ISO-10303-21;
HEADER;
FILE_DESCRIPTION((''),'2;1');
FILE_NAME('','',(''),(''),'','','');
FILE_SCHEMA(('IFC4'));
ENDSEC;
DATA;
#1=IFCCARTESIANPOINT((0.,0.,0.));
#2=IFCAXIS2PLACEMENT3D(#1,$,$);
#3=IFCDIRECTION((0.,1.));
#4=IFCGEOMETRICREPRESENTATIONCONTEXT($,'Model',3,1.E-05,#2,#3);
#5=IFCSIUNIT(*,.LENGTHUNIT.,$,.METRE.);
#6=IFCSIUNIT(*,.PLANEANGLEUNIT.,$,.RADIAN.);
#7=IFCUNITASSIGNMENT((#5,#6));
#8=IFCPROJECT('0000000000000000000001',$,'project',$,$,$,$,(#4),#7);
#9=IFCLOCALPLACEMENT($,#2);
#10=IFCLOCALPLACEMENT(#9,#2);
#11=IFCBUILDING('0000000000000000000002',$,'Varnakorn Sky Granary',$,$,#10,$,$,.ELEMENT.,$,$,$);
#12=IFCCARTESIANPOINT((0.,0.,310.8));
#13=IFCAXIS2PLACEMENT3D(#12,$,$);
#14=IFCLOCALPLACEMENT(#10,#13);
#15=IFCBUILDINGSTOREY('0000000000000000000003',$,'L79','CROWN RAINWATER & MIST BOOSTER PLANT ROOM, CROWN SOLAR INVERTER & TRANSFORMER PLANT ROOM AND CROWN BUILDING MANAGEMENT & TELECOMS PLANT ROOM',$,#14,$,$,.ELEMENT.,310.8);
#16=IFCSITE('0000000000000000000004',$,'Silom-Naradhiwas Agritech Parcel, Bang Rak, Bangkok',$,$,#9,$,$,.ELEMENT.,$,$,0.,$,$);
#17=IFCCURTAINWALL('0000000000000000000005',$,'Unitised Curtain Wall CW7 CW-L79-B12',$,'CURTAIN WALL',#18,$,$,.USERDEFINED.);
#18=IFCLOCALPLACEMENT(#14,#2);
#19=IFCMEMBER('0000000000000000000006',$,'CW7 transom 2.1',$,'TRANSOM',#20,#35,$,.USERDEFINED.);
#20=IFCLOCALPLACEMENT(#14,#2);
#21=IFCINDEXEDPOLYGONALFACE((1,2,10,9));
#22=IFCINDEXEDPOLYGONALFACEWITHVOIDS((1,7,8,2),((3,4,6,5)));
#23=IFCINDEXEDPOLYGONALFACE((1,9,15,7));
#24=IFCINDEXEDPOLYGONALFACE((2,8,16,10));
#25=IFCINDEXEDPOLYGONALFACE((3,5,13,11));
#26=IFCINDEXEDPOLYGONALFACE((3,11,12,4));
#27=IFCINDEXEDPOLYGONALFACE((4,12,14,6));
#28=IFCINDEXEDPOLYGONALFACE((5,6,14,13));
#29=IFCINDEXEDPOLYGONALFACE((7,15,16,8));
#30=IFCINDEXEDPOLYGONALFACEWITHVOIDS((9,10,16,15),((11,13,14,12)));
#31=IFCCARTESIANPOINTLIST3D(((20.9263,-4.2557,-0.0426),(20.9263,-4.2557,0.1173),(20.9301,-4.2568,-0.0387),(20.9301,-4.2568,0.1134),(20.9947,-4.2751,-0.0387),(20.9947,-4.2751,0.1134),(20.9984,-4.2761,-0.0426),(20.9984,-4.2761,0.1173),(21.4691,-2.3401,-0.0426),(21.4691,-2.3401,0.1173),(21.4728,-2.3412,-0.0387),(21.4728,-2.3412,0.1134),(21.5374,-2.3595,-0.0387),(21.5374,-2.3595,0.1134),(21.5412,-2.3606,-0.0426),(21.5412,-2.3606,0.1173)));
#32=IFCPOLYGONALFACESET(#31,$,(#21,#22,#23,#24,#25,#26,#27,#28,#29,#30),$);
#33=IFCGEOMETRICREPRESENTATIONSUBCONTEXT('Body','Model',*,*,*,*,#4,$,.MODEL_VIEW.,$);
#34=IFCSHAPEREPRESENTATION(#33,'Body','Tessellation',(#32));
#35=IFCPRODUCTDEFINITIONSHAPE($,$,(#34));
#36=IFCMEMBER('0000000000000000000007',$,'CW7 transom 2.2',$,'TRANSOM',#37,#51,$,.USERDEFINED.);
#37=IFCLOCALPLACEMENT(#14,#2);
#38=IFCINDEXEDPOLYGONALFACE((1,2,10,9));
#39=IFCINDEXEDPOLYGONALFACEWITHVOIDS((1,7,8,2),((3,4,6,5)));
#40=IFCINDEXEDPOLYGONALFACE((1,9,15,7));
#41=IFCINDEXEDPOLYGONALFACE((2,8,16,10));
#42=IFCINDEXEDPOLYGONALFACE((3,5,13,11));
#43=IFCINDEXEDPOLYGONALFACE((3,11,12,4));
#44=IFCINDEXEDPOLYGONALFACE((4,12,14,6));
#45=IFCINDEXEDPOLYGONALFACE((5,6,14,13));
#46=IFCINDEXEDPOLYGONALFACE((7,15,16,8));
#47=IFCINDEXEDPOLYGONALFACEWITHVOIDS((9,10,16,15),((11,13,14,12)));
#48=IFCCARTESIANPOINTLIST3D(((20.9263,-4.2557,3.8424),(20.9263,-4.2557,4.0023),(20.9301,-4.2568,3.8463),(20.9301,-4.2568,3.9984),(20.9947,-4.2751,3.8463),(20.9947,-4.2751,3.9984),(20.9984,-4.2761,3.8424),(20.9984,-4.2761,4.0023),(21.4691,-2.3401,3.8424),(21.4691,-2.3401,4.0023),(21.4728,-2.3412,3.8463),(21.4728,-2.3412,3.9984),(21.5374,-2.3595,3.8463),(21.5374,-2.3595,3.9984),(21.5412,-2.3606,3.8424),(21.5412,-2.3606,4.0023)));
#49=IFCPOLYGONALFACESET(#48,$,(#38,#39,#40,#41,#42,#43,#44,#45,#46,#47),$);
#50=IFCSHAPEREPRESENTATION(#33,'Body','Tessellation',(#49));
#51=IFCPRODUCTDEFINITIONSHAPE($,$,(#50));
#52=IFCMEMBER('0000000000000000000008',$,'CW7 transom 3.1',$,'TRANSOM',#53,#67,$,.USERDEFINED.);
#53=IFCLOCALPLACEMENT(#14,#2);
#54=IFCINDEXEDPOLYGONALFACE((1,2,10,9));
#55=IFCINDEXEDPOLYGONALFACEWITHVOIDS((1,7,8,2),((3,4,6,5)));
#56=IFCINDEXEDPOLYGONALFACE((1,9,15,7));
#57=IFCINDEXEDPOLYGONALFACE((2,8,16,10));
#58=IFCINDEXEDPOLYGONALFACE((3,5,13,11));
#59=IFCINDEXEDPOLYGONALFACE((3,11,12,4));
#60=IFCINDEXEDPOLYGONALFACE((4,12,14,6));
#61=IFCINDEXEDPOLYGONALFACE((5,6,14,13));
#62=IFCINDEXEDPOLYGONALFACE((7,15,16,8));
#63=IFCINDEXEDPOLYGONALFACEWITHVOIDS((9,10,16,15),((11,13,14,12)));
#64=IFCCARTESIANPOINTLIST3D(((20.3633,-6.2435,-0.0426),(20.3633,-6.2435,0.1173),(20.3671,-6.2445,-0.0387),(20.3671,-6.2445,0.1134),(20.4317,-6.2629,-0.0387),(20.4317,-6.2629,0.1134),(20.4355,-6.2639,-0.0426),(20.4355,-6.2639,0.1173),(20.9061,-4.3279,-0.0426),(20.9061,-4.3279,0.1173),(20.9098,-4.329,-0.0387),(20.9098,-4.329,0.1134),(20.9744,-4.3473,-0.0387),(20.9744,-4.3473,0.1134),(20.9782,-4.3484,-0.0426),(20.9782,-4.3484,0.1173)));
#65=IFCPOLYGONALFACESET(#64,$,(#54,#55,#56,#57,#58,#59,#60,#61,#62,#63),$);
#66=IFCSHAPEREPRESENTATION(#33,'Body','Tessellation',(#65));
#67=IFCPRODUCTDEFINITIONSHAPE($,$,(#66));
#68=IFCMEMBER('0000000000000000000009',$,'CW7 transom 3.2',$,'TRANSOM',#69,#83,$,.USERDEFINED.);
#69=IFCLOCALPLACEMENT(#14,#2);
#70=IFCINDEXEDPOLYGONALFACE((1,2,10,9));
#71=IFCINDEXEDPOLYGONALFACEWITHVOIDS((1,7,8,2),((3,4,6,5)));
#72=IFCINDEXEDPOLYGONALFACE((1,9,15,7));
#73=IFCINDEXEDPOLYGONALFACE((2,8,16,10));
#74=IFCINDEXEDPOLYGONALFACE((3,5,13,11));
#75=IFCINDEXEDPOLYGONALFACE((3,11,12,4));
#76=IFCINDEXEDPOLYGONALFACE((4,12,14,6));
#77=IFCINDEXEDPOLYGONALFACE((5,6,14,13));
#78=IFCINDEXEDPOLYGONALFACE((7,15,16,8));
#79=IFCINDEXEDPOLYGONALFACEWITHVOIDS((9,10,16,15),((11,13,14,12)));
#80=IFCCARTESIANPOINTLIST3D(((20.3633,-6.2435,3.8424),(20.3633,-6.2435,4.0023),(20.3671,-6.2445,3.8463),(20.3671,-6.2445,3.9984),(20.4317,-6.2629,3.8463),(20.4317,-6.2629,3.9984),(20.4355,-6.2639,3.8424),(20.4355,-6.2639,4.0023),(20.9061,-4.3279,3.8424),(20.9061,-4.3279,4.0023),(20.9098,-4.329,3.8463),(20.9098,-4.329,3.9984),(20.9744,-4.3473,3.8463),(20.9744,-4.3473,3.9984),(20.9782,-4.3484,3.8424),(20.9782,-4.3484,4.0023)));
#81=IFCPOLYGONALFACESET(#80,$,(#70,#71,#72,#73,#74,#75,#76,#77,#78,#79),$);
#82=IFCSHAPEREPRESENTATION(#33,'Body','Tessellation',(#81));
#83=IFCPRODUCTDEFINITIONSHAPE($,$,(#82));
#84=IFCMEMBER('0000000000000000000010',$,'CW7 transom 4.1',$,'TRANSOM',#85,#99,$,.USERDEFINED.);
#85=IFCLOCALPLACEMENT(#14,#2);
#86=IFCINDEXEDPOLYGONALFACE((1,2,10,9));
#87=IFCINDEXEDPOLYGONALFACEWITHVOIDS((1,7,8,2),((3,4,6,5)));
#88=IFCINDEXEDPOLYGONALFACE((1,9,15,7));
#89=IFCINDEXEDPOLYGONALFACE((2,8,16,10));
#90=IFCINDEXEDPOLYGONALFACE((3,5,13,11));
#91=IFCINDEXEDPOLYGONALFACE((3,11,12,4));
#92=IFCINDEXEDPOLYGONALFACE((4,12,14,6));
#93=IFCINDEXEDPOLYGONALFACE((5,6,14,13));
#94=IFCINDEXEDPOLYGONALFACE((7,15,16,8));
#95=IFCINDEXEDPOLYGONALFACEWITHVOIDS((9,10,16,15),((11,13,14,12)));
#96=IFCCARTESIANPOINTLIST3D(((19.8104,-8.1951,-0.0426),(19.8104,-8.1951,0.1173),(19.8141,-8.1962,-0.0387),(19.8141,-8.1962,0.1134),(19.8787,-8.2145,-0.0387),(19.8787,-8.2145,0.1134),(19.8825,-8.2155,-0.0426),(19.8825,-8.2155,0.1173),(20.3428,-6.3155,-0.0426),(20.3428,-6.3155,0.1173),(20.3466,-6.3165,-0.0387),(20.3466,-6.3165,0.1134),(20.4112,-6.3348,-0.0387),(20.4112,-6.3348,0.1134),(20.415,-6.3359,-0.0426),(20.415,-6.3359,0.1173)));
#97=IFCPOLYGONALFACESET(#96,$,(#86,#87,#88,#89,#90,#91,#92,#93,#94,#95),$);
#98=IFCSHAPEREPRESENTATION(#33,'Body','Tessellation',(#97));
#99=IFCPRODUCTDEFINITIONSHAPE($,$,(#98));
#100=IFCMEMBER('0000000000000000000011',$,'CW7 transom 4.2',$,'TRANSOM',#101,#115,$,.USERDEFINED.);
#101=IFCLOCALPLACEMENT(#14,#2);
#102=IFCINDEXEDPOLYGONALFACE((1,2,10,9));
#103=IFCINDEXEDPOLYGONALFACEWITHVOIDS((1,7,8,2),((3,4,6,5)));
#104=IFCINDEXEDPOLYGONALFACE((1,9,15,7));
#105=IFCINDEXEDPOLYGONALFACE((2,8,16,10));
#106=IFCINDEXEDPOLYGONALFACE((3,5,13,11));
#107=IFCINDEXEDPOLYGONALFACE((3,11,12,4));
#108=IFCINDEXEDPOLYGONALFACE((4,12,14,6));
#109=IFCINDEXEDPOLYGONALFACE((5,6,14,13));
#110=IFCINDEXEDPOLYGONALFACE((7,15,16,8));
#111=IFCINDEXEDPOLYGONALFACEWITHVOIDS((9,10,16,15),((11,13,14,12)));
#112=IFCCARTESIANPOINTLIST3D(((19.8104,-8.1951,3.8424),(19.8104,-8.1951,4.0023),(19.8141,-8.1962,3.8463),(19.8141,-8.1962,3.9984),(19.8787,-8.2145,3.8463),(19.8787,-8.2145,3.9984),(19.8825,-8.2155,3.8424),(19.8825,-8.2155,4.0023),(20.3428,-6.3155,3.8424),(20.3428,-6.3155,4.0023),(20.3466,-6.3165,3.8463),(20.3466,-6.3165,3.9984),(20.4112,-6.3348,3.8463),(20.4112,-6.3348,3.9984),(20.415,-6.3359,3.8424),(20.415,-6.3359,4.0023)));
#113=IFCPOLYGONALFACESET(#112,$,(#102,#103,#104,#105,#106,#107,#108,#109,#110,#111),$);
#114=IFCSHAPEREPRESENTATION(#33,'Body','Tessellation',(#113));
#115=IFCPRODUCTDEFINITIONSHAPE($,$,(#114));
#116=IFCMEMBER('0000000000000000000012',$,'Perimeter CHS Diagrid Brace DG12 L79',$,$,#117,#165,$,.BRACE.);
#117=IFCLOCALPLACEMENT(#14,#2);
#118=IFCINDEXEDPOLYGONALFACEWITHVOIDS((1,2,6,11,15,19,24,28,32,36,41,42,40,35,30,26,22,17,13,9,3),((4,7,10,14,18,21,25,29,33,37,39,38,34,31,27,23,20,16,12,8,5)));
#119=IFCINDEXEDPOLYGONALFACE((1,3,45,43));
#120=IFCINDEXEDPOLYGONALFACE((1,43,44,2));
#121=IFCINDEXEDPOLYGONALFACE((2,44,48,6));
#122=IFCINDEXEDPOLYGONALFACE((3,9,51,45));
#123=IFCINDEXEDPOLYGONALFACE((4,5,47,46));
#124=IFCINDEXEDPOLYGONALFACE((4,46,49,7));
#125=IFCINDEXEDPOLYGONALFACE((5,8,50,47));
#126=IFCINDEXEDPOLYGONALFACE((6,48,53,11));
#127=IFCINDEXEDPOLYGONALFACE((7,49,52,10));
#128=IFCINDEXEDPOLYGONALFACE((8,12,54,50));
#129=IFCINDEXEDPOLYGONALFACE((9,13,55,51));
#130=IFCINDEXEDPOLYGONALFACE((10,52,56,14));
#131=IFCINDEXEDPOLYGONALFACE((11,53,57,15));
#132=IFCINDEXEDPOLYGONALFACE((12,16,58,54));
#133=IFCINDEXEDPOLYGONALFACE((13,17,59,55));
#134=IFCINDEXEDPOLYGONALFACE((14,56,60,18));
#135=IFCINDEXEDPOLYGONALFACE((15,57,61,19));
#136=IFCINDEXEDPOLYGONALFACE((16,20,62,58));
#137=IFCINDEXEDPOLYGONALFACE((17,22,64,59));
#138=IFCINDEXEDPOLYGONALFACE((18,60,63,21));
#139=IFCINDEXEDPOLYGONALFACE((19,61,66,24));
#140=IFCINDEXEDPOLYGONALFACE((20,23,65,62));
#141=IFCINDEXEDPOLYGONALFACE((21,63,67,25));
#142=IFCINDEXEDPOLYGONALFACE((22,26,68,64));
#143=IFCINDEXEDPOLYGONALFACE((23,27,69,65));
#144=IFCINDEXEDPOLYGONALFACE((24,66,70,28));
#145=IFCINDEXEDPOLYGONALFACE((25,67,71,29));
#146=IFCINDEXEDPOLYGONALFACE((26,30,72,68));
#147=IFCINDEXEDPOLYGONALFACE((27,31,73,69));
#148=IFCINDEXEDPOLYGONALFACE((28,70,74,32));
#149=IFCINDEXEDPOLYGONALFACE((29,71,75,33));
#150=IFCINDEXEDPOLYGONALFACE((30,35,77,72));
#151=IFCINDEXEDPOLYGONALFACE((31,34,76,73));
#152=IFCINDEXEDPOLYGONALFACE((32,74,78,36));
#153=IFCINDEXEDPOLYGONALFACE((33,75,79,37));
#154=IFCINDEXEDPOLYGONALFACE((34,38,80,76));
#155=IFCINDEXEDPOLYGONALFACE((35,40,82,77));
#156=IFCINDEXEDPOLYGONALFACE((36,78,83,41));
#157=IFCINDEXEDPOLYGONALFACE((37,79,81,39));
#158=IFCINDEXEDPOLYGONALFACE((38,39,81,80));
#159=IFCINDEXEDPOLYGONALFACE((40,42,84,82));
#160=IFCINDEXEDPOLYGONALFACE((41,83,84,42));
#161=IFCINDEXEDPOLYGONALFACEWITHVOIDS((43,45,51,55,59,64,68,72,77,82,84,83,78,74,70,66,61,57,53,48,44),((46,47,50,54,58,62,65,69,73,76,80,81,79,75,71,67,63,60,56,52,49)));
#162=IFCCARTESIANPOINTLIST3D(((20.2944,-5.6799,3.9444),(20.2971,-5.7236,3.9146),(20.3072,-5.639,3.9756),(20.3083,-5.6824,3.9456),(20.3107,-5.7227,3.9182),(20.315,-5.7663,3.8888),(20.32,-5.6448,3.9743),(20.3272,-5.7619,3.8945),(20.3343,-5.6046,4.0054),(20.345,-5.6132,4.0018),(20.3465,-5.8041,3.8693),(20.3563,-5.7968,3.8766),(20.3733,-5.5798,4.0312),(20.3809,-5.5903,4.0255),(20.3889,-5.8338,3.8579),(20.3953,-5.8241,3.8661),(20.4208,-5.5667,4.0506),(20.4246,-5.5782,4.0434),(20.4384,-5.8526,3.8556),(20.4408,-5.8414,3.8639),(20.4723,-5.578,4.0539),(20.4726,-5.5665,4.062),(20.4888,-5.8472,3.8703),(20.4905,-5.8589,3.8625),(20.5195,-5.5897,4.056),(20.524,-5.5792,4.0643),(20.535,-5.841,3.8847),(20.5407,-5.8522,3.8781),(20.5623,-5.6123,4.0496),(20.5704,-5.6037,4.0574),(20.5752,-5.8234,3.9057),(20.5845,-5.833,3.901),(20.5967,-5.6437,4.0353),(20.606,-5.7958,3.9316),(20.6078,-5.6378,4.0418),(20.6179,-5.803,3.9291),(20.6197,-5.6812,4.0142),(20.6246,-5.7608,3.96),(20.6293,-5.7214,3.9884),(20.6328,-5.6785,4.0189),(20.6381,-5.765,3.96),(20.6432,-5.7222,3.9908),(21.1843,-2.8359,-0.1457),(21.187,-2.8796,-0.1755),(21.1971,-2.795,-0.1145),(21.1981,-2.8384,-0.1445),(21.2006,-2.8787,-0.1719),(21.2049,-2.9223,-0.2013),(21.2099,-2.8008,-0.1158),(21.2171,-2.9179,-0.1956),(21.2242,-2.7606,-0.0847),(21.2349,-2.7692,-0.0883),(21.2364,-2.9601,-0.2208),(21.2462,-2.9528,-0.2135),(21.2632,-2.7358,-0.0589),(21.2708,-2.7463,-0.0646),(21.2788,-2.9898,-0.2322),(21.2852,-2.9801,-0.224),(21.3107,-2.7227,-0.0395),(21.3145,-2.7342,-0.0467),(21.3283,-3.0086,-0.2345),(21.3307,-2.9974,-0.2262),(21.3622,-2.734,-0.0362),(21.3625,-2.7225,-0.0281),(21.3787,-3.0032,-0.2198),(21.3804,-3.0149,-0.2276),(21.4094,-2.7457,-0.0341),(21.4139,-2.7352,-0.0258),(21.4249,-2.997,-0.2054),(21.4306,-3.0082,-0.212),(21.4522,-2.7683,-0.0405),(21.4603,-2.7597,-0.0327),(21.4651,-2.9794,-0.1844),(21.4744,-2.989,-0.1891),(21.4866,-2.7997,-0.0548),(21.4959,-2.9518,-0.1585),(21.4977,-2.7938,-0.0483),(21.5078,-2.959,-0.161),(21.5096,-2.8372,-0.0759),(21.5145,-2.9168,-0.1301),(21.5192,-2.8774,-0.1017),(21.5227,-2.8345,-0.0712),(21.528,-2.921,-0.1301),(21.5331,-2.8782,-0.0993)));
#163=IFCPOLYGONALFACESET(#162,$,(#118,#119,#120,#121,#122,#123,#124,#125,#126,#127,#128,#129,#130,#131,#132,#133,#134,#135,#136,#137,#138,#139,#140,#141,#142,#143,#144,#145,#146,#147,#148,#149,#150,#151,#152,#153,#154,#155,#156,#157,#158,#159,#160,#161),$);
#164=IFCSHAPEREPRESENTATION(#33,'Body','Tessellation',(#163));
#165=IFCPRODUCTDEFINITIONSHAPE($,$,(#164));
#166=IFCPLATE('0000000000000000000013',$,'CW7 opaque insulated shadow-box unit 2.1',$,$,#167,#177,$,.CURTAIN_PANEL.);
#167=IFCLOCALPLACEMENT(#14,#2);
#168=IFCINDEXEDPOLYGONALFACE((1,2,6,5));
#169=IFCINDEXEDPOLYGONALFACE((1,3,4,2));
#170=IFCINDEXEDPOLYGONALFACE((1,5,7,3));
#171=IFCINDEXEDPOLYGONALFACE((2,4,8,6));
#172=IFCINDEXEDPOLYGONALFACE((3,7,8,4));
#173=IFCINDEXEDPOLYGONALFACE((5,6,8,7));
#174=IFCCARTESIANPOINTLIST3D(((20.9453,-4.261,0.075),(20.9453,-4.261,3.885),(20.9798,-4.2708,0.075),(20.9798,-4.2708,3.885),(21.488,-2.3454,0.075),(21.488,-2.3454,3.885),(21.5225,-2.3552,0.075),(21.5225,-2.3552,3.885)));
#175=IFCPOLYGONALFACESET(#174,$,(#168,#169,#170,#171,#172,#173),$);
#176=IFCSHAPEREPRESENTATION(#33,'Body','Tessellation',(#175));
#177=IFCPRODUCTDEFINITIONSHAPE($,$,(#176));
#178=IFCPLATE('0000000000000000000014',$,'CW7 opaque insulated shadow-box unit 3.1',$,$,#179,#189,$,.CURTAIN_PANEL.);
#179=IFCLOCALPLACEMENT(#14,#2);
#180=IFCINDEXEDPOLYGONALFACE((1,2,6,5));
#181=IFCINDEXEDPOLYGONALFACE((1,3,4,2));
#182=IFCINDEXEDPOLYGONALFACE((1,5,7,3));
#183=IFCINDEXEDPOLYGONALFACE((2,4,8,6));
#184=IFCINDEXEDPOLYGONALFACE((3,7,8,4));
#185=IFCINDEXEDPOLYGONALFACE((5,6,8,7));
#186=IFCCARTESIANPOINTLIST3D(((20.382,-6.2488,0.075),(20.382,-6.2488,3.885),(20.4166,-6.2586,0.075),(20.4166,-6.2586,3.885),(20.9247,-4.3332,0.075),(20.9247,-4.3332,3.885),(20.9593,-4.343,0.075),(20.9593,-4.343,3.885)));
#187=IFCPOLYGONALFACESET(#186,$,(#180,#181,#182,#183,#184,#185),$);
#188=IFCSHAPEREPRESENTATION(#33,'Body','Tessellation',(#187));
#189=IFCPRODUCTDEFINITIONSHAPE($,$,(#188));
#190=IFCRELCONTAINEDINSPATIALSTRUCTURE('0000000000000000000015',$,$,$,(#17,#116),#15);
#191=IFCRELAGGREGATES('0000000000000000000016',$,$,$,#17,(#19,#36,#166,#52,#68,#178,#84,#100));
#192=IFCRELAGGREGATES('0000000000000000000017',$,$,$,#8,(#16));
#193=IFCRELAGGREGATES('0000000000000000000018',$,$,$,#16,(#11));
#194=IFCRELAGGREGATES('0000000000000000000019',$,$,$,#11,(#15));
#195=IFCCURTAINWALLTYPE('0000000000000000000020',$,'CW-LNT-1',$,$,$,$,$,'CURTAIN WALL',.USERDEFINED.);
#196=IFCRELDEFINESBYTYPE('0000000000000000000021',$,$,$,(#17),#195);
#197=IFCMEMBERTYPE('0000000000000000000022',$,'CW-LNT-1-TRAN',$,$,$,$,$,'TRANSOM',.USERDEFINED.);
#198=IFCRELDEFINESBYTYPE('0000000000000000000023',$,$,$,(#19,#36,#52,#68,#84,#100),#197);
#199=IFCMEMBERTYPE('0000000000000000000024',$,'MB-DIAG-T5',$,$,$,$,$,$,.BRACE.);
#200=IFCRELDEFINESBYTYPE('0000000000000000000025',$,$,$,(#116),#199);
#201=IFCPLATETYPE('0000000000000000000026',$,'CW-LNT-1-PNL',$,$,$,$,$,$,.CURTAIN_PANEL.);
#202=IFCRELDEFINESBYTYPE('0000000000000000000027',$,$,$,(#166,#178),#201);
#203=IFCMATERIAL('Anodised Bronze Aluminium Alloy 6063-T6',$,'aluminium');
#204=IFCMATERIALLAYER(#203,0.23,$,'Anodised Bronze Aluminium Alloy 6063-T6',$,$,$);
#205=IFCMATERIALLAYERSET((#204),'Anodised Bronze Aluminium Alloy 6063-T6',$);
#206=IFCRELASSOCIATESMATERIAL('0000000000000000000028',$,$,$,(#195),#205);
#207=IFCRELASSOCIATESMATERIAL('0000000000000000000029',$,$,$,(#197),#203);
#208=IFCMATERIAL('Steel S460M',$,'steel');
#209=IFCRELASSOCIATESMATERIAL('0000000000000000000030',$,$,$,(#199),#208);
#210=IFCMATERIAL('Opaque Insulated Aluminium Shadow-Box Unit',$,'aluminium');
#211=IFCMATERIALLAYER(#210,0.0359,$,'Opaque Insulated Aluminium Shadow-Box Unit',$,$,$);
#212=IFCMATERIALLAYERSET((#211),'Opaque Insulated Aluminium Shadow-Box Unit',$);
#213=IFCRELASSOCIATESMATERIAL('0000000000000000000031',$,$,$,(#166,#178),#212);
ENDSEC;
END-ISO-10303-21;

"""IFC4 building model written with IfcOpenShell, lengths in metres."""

from ifc_helpers import new_model, si_unit, direction, frame, origin, origin_2d, place, context, subcontext, project, spatial, rectangle, hollow_rectangle, hollow_circle, extrude, source, transform, mapped, material, layer, layer_set, material_profile, profile_set, type_object, element, aggregate, save


model = new_model("IFC4")

# Units and contexts
model_context = context("Model", 3, precision=1e-05, world=origin(), true_north=direction((0.0, 1.0)))
body_context = subcontext(model_context, "Body", "Model", "MODEL_VIEW")
ifc_project = project(units=[si_unit("LENGTHUNIT", "METRE"), si_unit("PLANEANGLEUNIT", "RADIAN")], contexts=[model_context])

# Site, building, storey
site_placement = place(None, origin())
site = spatial("IfcSite", under=ifc_project, at=site_placement, Name="Silom-Naradhiwas Agritech Parcel, Bang Rak, Bangkok", CompositionType="ELEMENT", RefElevation=0.0)
building_placement = place(site_placement, origin())
building = spatial("IfcBuilding", under=site, at=building_placement, Name="Varnakorn Sky Granary", CompositionType="ELEMENT")
storey_placement = place(building_placement, frame((0.0, 0.0, 310.8)))
storey = spatial("IfcBuildingStorey", under=building, at=storey_placement, Name="L79", Description="CROWN RAINWATER & MIST BOOSTER PLANT ROOM, CROWN SOLAR INVERTER & TRANSFORMER PLANT ROOM AND CROWN BUILDING MANAGEMENT & TELECOMS PLANT ROOM", CompositionType="ELEMENT", Elevation=310.8)

# Shared definitions
ifc_material_1 = material(Name="Steel S460M", Category="steel")

# Curtain wall, members
ifc_material_2 = material(Name="Anodised Bronze Aluminium Alloy 6063-T6", Category="aluminium")
ifc_layer_1 = layer(ifc_material_2, 0.23, Name="Anodised Bronze Aluminium Alloy 6063-T6")
ifc_layer_set_1 = layer_set([ifc_layer_1], Name="Anodised Bronze Aluminium Alloy 6063-T6")
curtain_wall_type = type_object("IfcCurtainWallType", Name="CW-LNT-1", ElementType="CURTAIN WALL", PredefinedType="USERDEFINED", material=ifc_layer_set_1)
curtain_wall_placement = place(storey_placement, origin())
curtain_wall = element("IfcCurtainWall", 1, at=curtain_wall_placement, inside=storey, type_object=curtain_wall_type, Name="Unitised Curtain Wall CW7 CW-L79-B12", ObjectType="CURTAIN WALL", PredefinedType="USERDEFINED")
ifc_material_profile_1 = material_profile(ifc_material_2, hollow_rectangle(XDim=0.075, YDim=0.1599, WallThickness=0.0039, at=origin_2d()), Name="ALU TRAN 75x160")
ifc_profile_set_1 = profile_set([ifc_material_profile_1], Name="Anodised Bronze Aluminium Alloy 6063-T6")
member_type_1 = type_object("IfcMemberType", Name="CW-LNT-1-TRAN", ElementType="TRANSOM", PredefinedType="USERDEFINED", material=ifc_profile_set_1)
member_1_placement = place(storey_placement, frame((21.5051, -2.3503, 0.0374), z_axis=(-0.272599, -0.962128, 0.0), x_axis=(0.962128, -0.272599, 0.0)))
member_1 = element("IfcMember", 2, at=member_1_placement, type_object=member_type_1, Name="CW7 transom 2.1", ObjectType="TRANSOM", PredefinedType="USERDEFINED", context=body_context, shape_type="SweptSolid", body=[
    extrude(hollow_rectangle(XDim=0.075, YDim=0.1599, WallThickness=0.0039, at=origin_2d()), origin(), (0.0, 0.0, 1.0), 1.991),
])
member_2_placement = place(storey_placement, frame((21.5051, -2.3503, 3.9224), z_axis=(-0.272599, -0.962128, 0.0), x_axis=(0.962128, -0.272599, 0.0)))
member_2 = element("IfcMember", 3, at=member_2_placement, type_object=member_type_1, Name="CW7 transom 2.2", ObjectType="TRANSOM", PredefinedType="USERDEFINED", context=body_context, shape_type="SweptSolid", body=[
    extrude(hollow_rectangle(XDim=0.075, YDim=0.1599, WallThickness=0.0039, at=origin_2d()), origin(), (0.0, 0.0, 1.0), 1.991),
])
member_3_placement = place(storey_placement, frame((20.9421, -4.3381, 0.0374), z_axis=(-0.272599, -0.962128, 0.0), x_axis=(0.962128, -0.272599, 0.0)))
member_3 = element("IfcMember", 4, at=member_3_placement, type_object=member_type_1, Name="CW7 transom 3.1", ObjectType="TRANSOM", PredefinedType="USERDEFINED", context=body_context, shape_type="SweptSolid", body=[
    extrude(hollow_rectangle(XDim=0.075, YDim=0.1599, WallThickness=0.0039, at=origin_2d()), origin(), (0.0, 0.0, 1.0), 1.991),
])
member_4_placement = place(storey_placement, frame((20.9421, -4.3381, 3.9224), z_axis=(-0.272599, -0.962128, 0.0), x_axis=(0.962128, -0.272599, 0.0)))
member_4 = element("IfcMember", 5, at=member_4_placement, type_object=member_type_1, Name="CW7 transom 3.2", ObjectType="TRANSOM", PredefinedType="USERDEFINED", context=body_context, shape_type="SweptSolid", body=[
    extrude(hollow_rectangle(XDim=0.075, YDim=0.1599, WallThickness=0.0039, at=origin_2d()), origin(), (0.0, 0.0, 1.0), 1.991),
])
member_5_placement = place(storey_placement, frame((20.3789, -6.3257, 0.0374), z_axis=(-0.272558, -0.962139, 0.0), x_axis=(0.962139, -0.272558, 0.0)))
member_5 = element("IfcMember", 6, at=member_5_placement, type_object=member_type_1, Name="CW7 transom 4.1", ObjectType="TRANSOM", PredefinedType="USERDEFINED", context=body_context, shape_type="SweptSolid", body=[
    extrude(hollow_rectangle(XDim=0.075, YDim=0.1599, WallThickness=0.0039, at=origin_2d()), origin(), (0.0, 0.0, 1.0), 1.9536),
])
member_6_placement = place(storey_placement, frame((20.3789, -6.3257, 3.9224), z_axis=(-0.272558, -0.962139, 0.0), x_axis=(0.962139, -0.272558, 0.0)))
member_6 = element("IfcMember", 7, at=member_6_placement, type_object=member_type_1, Name="CW7 transom 4.2", ObjectType="TRANSOM", PredefinedType="USERDEFINED", context=body_context, shape_type="SweptSolid", body=[
    extrude(hollow_rectangle(XDim=0.075, YDim=0.1599, WallThickness=0.0039, at=origin_2d()), origin(), (0.0, 0.0, 1.0), 1.9536),
])

# Member
ifc_material_profile_2 = material_profile(ifc_material_1, hollow_circle(Radius=0.1777, WallThickness=0.0142, at=origin_2d()), Name="CHS 355.6x14")
ifc_profile_set_2 = profile_set([ifc_material_profile_2], Name="Steel S460M")
member_type_2 = type_object("IfcMemberType", Name="MB-DIAG-T5", PredefinedType="BRACE", material=ifc_profile_set_2)
member_7_placement = place(storey_placement, frame((21.3584, -2.8679, -0.1301), z_axis=(-0.175849, -0.561995, 0.808232), x_axis=(0.954371, -0.298625, 0.0)))
element("IfcMember", 8, at=member_7_placement, inside=storey, type_object=member_type_2, Name="Perimeter CHS Diagrid Brace DG12 L79", PredefinedType="BRACE", context=body_context, shape_type="SweptSolid", body=[
    extrude(hollow_circle(Radius=0.1777, WallThickness=0.0142, at=origin_2d()), origin(), (0.0, 0.0, 1.0), 5.0605),
])

# Plates
ifc_material_3 = material(Name="Opaque Insulated Aluminium Shadow-Box Unit", Category="aluminium")
ifc_layer_2 = layer(ifc_material_3, 0.0359, Name="Opaque Insulated Aluminium Shadow-Box Unit")
ifc_layer_set_2 = layer_set([ifc_layer_2], Name="Opaque Insulated Aluminium Shadow-Box Unit")
plate_type = type_object("IfcPlateType", Name="CW-LNT-1-PNL", PredefinedType="CURTAIN_PANEL")
shared_shape_1 = source(origin(), body_context, "Body", "SweptSolid", [
    extrude(rectangle(XDim=1.991, YDim=0.0359, at=origin_2d()), origin(), (0.0, 0.0, 1.0), 3.8101),
])
plate_1_placement = place(storey_placement, frame((21.2339, -3.3081, 0.075), z_axis=(0.0, 0.0, 1.0), x_axis=(-0.272577, -0.962134, 0.0)))
plate_1 = element("IfcPlate", 9, at=plate_1_placement, type_object=plate_type, material=ifc_layer_set_2, Name="CW7 opaque insulated shadow-box unit 2.1", PredefinedType="CURTAIN_PANEL", context=body_context, shape_type="MappedRepresentation", body=[
    mapped(shared_shape_1, transform((0.0, 0.0, 0.0), x_axis=(1.0, 0.0, 0.0), y_axis=(0.0, 1.0, 0.0), z_axis=(0.0, 0.0, 1.0), scale=1.0)),
])
plate_2_placement = place(storey_placement, frame((20.6707, -5.2959, 0.075), z_axis=(0.0, 0.0, 1.0), x_axis=(-0.272577, -0.962134, 0.0)))
plate_2 = element("IfcPlate", 10, at=plate_2_placement, type_object=plate_type, material=ifc_layer_set_2, Name="CW7 opaque insulated shadow-box unit 3.1", PredefinedType="CURTAIN_PANEL", context=body_context, shape_type="MappedRepresentation", body=[
    mapped(shared_shape_1, transform((0.0, 0.0, 0.0), x_axis=(1.0, 0.0, 0.0), y_axis=(0.0, 1.0, 0.0), z_axis=(0.0, 0.0, 1.0), scale=1.0)),
])
aggregate(curtain_wall, [member_1, member_2, plate_1, member_3, member_4, plate_2, member_5, member_6])

save(model, "model.ifc")
